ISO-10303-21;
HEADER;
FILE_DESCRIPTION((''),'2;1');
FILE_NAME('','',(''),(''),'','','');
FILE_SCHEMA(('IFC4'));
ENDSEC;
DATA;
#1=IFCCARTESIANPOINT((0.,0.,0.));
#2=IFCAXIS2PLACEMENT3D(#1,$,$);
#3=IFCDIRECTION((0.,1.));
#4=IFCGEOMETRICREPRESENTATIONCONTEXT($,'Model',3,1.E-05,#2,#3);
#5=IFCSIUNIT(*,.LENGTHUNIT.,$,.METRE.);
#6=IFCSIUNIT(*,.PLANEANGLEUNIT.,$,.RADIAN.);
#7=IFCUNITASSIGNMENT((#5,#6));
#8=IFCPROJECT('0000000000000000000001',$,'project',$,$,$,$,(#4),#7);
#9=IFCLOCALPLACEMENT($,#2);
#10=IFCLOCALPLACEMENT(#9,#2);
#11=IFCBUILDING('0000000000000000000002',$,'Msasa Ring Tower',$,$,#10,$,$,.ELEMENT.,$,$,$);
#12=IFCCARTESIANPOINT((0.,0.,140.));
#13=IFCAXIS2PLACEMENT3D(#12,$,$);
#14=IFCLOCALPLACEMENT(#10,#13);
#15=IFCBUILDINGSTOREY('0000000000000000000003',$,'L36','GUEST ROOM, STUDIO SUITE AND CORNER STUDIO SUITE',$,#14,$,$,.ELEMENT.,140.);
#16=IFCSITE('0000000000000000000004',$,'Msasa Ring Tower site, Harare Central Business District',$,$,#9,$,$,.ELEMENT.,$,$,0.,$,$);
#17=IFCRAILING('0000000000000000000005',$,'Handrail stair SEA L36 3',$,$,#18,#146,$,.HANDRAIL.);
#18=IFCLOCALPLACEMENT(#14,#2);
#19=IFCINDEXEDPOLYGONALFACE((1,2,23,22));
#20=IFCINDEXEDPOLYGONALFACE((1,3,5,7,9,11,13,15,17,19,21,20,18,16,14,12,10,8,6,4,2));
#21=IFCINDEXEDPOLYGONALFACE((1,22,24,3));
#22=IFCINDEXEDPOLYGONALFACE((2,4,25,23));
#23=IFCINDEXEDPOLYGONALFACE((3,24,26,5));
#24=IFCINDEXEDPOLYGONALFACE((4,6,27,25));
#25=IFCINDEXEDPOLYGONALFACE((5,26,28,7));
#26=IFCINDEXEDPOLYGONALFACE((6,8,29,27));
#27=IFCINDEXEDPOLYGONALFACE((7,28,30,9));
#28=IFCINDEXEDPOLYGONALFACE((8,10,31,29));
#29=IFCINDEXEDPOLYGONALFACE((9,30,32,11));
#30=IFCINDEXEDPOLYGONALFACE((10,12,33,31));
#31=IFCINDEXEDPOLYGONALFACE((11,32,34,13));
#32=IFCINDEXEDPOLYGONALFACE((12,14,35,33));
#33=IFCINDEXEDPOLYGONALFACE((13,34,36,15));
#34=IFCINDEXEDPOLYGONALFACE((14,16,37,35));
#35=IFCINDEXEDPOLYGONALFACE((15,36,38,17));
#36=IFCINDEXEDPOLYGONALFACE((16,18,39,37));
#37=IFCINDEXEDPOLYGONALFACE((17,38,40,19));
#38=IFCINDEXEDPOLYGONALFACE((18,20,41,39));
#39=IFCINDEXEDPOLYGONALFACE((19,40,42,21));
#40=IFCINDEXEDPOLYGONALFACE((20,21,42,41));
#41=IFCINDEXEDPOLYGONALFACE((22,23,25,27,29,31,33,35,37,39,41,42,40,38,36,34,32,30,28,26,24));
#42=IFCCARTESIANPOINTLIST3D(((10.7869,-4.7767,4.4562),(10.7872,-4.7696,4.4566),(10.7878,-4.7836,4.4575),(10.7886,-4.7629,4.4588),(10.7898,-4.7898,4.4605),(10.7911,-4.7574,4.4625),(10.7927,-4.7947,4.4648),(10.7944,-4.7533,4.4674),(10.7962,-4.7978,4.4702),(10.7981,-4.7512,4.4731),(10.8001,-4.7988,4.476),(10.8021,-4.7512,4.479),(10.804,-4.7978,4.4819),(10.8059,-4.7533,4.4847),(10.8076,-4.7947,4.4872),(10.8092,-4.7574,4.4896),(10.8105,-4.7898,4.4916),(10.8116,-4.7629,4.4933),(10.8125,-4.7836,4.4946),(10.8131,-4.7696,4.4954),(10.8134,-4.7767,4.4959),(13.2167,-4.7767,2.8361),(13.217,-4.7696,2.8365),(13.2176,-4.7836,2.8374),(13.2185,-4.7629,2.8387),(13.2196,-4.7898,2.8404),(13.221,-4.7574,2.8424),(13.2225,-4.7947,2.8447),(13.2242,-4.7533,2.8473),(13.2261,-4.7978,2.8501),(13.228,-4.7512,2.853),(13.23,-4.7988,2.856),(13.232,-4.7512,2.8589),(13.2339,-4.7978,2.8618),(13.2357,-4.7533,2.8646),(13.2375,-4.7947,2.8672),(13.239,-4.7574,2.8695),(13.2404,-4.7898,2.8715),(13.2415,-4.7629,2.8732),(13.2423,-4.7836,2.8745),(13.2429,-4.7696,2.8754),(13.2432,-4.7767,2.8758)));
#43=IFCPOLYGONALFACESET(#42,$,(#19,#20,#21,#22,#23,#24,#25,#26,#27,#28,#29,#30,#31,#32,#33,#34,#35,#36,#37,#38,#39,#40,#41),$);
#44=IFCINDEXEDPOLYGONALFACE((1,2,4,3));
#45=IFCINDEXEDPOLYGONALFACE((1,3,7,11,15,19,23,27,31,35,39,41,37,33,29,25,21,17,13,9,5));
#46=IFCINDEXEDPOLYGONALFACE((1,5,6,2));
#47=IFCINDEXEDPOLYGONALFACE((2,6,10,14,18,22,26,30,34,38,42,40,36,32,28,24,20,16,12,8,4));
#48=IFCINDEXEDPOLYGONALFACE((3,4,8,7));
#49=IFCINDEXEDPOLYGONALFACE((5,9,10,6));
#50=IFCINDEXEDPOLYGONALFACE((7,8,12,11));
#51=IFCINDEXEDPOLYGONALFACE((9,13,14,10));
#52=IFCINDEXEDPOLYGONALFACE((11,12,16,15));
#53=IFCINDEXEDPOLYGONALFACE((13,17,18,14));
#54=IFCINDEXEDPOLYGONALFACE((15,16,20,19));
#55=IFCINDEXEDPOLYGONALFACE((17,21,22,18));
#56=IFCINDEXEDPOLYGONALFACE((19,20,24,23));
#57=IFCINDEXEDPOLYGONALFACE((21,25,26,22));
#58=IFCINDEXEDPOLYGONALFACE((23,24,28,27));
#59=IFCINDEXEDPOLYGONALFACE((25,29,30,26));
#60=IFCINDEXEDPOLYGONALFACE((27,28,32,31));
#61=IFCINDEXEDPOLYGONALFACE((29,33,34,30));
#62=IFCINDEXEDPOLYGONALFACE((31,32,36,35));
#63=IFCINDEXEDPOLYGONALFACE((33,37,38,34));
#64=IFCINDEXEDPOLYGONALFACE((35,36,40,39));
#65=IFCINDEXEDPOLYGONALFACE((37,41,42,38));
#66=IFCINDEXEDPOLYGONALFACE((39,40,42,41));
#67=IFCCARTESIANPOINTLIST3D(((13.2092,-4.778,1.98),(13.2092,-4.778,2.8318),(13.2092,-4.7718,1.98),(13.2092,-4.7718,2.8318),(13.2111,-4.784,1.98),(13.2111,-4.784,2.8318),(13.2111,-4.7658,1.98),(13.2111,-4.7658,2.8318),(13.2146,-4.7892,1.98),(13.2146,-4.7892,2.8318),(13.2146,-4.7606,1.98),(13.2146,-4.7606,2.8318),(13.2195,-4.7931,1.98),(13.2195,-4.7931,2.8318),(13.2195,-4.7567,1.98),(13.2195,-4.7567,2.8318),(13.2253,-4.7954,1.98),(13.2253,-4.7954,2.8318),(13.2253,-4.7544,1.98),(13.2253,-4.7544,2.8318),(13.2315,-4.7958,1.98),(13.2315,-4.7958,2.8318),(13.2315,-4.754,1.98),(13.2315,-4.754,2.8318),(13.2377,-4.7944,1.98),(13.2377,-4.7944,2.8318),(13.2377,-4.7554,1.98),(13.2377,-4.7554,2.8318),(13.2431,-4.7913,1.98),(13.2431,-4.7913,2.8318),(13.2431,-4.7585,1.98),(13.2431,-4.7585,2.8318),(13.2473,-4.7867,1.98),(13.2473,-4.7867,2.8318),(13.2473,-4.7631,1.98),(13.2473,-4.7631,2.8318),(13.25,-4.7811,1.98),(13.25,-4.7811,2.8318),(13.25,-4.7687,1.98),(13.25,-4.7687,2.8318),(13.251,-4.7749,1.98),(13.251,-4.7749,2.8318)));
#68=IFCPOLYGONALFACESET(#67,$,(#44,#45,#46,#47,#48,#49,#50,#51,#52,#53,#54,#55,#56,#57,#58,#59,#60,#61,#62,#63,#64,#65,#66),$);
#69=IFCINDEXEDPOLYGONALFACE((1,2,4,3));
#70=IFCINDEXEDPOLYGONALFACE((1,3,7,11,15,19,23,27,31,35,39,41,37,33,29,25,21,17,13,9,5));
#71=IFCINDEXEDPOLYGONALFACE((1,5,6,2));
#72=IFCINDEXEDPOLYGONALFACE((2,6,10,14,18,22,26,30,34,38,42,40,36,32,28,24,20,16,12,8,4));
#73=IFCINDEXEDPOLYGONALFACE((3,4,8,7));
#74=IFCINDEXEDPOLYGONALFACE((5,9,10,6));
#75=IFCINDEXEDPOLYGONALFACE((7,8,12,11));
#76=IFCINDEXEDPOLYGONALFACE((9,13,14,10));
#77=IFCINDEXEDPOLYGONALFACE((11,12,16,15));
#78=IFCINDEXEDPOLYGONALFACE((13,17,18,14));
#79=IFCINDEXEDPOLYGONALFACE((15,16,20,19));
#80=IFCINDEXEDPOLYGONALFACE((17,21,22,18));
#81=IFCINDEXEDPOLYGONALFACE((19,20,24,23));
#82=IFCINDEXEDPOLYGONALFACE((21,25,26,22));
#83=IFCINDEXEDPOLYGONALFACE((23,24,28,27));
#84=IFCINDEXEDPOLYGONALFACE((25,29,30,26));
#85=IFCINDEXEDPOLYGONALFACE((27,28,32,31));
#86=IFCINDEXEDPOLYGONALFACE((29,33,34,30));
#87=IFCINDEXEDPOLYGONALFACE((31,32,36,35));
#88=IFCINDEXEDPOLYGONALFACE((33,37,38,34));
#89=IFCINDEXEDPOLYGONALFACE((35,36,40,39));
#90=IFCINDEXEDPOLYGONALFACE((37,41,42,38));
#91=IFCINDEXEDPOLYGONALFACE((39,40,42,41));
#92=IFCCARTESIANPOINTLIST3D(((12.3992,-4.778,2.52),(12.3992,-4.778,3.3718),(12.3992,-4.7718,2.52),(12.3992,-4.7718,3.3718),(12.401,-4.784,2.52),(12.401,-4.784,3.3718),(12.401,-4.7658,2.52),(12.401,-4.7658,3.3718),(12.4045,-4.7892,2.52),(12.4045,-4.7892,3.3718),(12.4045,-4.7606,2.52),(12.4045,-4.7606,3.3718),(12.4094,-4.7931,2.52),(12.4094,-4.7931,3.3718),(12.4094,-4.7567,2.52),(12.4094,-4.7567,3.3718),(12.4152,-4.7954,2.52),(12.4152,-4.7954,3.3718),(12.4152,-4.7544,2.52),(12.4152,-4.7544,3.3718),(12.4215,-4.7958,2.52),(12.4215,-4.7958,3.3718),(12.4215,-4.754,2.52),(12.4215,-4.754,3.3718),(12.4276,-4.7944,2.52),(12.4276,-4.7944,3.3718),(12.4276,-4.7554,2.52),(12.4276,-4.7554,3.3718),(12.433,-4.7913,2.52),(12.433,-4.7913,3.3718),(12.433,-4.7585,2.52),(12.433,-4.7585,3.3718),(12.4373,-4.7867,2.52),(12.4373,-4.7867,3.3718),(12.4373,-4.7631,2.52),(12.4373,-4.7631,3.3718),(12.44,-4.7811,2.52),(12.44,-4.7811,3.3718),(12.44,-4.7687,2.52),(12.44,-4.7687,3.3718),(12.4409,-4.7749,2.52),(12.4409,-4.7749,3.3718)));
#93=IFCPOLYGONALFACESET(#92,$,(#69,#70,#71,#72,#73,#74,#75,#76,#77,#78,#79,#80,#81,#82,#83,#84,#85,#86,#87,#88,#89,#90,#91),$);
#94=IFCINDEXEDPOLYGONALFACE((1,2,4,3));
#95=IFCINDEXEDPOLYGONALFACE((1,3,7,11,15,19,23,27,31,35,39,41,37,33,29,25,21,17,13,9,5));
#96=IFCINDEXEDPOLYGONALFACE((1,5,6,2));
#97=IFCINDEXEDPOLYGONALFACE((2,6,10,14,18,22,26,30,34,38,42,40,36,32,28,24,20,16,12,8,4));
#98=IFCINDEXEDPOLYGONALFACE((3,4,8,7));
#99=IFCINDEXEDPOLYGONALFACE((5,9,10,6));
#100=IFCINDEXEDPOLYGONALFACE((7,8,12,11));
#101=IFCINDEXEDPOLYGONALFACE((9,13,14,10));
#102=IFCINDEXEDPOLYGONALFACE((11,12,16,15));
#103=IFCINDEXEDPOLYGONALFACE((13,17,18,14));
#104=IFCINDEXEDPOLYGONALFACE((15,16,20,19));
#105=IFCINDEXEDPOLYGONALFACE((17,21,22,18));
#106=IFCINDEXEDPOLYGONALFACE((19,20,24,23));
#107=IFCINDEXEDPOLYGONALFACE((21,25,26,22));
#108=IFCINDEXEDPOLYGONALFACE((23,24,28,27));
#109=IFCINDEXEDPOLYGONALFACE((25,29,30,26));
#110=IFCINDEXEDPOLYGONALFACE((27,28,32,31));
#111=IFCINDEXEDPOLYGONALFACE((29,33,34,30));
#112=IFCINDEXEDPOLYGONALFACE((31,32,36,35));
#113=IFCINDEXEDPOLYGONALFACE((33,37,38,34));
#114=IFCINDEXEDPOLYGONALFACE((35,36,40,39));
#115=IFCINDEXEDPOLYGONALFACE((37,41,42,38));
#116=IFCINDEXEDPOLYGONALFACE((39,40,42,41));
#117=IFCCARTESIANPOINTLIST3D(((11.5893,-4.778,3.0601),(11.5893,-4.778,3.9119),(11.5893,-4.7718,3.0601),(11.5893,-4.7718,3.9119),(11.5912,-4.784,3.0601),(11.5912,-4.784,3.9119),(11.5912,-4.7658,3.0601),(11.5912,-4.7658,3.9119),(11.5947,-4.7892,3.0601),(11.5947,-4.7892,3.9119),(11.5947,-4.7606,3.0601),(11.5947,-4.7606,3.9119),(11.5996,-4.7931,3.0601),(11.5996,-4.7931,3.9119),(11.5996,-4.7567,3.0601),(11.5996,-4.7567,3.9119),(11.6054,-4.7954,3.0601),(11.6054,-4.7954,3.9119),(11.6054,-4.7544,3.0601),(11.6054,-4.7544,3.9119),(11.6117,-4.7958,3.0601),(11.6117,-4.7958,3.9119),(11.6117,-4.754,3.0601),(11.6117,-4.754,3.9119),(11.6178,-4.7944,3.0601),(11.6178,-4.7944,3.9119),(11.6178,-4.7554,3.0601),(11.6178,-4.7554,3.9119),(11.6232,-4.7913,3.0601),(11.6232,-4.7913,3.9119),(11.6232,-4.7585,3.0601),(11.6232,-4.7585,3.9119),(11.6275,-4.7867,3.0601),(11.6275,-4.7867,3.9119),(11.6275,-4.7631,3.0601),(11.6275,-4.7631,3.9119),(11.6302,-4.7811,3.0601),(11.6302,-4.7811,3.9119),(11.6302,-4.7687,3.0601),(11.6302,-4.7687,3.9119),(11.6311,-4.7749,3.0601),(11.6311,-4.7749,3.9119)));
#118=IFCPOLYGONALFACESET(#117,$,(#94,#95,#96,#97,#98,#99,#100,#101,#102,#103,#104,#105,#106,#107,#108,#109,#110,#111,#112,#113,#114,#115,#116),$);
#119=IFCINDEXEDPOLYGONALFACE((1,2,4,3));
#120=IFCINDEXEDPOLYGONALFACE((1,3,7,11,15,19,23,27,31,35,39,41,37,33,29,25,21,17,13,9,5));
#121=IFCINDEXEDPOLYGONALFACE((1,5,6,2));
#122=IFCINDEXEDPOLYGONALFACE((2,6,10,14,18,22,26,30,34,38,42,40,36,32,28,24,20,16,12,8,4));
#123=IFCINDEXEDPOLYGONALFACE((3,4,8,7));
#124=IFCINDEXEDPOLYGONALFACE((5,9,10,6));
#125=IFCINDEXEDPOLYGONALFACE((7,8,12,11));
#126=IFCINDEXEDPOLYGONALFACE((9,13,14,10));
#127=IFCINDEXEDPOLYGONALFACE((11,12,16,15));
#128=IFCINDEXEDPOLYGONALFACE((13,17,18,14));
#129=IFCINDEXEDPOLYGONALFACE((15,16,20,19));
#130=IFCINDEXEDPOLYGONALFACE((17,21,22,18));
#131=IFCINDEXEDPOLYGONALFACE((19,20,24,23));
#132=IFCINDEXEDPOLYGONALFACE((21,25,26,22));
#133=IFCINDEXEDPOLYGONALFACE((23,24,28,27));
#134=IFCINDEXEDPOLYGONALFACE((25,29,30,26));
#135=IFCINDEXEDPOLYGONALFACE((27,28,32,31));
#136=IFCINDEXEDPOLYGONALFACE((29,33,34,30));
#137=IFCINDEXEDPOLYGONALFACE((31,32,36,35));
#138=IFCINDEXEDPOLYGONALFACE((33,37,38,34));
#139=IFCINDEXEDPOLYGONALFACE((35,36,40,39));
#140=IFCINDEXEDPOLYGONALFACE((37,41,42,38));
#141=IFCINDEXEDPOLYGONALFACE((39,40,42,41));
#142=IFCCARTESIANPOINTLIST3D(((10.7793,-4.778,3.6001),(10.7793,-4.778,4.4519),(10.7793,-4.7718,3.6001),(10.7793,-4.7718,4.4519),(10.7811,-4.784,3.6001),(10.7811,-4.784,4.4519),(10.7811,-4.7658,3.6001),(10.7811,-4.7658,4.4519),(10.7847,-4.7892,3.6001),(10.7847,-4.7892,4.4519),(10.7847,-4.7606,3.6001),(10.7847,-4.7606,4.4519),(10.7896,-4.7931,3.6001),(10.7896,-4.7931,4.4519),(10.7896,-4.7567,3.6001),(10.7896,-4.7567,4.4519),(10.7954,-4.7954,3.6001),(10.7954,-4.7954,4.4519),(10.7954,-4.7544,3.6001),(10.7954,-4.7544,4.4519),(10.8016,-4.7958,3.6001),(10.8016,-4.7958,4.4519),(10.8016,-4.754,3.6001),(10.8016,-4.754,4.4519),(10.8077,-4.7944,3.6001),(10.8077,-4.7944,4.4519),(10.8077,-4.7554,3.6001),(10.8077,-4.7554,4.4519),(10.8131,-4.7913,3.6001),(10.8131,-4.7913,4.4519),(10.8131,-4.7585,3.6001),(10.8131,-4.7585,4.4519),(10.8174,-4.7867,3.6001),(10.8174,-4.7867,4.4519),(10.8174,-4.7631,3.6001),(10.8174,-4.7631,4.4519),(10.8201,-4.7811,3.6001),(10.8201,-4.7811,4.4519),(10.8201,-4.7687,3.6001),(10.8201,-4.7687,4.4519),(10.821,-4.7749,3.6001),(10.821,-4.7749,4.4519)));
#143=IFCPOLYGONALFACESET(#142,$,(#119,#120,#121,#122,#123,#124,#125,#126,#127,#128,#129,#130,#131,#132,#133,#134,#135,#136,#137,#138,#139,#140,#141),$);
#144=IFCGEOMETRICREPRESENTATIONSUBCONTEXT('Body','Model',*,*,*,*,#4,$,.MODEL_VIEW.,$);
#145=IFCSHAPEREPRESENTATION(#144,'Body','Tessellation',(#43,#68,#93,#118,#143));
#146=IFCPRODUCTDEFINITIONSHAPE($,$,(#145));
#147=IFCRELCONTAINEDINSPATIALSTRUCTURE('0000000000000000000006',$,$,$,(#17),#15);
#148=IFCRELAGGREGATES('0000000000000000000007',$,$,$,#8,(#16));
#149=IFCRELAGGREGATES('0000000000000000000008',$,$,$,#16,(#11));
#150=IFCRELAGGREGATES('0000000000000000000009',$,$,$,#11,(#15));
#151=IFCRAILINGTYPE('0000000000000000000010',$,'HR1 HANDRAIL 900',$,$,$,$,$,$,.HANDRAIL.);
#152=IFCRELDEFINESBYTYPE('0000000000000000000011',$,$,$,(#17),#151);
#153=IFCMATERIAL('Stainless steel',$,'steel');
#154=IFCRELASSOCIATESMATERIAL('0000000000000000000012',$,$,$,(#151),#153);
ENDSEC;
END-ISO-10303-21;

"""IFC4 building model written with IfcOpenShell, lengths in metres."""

from ifc_helpers import new_model, si_unit, direction, frame, origin, origin_2d, place, context, subcontext, project, spatial, circle, extrude, material, type_object, element, save


model = new_model("IFC4")

# Units and contexts
model_context = context("Model", 3, precision=1e-05, world=origin(), true_north=direction((0.0, 1.0)))
body_context = subcontext(model_context, "Body", "Model", "MODEL_VIEW")
ifc_project = project(units=[si_unit("LENGTHUNIT", "METRE"), si_unit("PLANEANGLEUNIT", "RADIAN")], contexts=[model_context])

# Site, building, storey
site_placement = place(None, origin())
site = spatial("IfcSite", under=ifc_project, at=site_placement, Name="Msasa Ring Tower site, Harare Central Business District", CompositionType="ELEMENT", RefElevation=0.0)
building_placement = place(site_placement, origin())
building = spatial("IfcBuilding", under=site, at=building_placement, Name="Msasa Ring Tower", CompositionType="ELEMENT")
storey_placement = place(building_placement, frame((0.0, 0.0, 140.0)))
storey = spatial("IfcBuildingStorey", under=building, at=storey_placement, Name="L36", Description="GUEST ROOM, STUDIO SUITE AND CORNER STUDIO SUITE", CompositionType="ELEMENT", Elevation=140.0)

# Railing
ifc_material_1 = material(Name="Stainless steel", Category="steel")
railing_type = type_object("IfcRailingType", Name="HR1 HANDRAIL 900", PredefinedType="HANDRAIL", material=ifc_material_1)
for number, where, name in (
    (1, (13.23, -4.7749, 1.98), "Handrail stair SEA L36 3"),
):
    element("IfcRailing", number, at=place(storey_placement, frame(where)), inside=storey, type_object=railing_type, Name=name, PredefinedType="HANDRAIL", context=body_context, shape_type="SweptSolid", body=[
        extrude(circle(Radius=0.0239, at=origin_2d()), frame((0.0, 0.0, 0.876), z_axis=(-0.832025, 0.0, 0.554739), x_axis=(0.0, -1.0, 0.0)), (0.0, 0.0, 1.0), 2.9204),
        extrude(circle(Radius=0.021, at=origin_2d()), origin(), (0.0, 0.0, 1.0), 0.8518),
        extrude(circle(Radius=0.021, at=origin_2d()), frame((-0.8101, 0.0, 0.54)), (0.0, 0.0, 1.0), 0.8518),
        extrude(circle(Radius=0.021, at=origin_2d()), frame((-1.6199, 0.0, 1.0801)), (0.0, 0.0, 1.0), 0.8518),
        extrude(circle(Radius=0.021, at=origin_2d()), frame((-2.4299, 0.0, 1.6201)), (0.0, 0.0, 1.0), 0.8518),
    ])

save(model, "model.ifc")
